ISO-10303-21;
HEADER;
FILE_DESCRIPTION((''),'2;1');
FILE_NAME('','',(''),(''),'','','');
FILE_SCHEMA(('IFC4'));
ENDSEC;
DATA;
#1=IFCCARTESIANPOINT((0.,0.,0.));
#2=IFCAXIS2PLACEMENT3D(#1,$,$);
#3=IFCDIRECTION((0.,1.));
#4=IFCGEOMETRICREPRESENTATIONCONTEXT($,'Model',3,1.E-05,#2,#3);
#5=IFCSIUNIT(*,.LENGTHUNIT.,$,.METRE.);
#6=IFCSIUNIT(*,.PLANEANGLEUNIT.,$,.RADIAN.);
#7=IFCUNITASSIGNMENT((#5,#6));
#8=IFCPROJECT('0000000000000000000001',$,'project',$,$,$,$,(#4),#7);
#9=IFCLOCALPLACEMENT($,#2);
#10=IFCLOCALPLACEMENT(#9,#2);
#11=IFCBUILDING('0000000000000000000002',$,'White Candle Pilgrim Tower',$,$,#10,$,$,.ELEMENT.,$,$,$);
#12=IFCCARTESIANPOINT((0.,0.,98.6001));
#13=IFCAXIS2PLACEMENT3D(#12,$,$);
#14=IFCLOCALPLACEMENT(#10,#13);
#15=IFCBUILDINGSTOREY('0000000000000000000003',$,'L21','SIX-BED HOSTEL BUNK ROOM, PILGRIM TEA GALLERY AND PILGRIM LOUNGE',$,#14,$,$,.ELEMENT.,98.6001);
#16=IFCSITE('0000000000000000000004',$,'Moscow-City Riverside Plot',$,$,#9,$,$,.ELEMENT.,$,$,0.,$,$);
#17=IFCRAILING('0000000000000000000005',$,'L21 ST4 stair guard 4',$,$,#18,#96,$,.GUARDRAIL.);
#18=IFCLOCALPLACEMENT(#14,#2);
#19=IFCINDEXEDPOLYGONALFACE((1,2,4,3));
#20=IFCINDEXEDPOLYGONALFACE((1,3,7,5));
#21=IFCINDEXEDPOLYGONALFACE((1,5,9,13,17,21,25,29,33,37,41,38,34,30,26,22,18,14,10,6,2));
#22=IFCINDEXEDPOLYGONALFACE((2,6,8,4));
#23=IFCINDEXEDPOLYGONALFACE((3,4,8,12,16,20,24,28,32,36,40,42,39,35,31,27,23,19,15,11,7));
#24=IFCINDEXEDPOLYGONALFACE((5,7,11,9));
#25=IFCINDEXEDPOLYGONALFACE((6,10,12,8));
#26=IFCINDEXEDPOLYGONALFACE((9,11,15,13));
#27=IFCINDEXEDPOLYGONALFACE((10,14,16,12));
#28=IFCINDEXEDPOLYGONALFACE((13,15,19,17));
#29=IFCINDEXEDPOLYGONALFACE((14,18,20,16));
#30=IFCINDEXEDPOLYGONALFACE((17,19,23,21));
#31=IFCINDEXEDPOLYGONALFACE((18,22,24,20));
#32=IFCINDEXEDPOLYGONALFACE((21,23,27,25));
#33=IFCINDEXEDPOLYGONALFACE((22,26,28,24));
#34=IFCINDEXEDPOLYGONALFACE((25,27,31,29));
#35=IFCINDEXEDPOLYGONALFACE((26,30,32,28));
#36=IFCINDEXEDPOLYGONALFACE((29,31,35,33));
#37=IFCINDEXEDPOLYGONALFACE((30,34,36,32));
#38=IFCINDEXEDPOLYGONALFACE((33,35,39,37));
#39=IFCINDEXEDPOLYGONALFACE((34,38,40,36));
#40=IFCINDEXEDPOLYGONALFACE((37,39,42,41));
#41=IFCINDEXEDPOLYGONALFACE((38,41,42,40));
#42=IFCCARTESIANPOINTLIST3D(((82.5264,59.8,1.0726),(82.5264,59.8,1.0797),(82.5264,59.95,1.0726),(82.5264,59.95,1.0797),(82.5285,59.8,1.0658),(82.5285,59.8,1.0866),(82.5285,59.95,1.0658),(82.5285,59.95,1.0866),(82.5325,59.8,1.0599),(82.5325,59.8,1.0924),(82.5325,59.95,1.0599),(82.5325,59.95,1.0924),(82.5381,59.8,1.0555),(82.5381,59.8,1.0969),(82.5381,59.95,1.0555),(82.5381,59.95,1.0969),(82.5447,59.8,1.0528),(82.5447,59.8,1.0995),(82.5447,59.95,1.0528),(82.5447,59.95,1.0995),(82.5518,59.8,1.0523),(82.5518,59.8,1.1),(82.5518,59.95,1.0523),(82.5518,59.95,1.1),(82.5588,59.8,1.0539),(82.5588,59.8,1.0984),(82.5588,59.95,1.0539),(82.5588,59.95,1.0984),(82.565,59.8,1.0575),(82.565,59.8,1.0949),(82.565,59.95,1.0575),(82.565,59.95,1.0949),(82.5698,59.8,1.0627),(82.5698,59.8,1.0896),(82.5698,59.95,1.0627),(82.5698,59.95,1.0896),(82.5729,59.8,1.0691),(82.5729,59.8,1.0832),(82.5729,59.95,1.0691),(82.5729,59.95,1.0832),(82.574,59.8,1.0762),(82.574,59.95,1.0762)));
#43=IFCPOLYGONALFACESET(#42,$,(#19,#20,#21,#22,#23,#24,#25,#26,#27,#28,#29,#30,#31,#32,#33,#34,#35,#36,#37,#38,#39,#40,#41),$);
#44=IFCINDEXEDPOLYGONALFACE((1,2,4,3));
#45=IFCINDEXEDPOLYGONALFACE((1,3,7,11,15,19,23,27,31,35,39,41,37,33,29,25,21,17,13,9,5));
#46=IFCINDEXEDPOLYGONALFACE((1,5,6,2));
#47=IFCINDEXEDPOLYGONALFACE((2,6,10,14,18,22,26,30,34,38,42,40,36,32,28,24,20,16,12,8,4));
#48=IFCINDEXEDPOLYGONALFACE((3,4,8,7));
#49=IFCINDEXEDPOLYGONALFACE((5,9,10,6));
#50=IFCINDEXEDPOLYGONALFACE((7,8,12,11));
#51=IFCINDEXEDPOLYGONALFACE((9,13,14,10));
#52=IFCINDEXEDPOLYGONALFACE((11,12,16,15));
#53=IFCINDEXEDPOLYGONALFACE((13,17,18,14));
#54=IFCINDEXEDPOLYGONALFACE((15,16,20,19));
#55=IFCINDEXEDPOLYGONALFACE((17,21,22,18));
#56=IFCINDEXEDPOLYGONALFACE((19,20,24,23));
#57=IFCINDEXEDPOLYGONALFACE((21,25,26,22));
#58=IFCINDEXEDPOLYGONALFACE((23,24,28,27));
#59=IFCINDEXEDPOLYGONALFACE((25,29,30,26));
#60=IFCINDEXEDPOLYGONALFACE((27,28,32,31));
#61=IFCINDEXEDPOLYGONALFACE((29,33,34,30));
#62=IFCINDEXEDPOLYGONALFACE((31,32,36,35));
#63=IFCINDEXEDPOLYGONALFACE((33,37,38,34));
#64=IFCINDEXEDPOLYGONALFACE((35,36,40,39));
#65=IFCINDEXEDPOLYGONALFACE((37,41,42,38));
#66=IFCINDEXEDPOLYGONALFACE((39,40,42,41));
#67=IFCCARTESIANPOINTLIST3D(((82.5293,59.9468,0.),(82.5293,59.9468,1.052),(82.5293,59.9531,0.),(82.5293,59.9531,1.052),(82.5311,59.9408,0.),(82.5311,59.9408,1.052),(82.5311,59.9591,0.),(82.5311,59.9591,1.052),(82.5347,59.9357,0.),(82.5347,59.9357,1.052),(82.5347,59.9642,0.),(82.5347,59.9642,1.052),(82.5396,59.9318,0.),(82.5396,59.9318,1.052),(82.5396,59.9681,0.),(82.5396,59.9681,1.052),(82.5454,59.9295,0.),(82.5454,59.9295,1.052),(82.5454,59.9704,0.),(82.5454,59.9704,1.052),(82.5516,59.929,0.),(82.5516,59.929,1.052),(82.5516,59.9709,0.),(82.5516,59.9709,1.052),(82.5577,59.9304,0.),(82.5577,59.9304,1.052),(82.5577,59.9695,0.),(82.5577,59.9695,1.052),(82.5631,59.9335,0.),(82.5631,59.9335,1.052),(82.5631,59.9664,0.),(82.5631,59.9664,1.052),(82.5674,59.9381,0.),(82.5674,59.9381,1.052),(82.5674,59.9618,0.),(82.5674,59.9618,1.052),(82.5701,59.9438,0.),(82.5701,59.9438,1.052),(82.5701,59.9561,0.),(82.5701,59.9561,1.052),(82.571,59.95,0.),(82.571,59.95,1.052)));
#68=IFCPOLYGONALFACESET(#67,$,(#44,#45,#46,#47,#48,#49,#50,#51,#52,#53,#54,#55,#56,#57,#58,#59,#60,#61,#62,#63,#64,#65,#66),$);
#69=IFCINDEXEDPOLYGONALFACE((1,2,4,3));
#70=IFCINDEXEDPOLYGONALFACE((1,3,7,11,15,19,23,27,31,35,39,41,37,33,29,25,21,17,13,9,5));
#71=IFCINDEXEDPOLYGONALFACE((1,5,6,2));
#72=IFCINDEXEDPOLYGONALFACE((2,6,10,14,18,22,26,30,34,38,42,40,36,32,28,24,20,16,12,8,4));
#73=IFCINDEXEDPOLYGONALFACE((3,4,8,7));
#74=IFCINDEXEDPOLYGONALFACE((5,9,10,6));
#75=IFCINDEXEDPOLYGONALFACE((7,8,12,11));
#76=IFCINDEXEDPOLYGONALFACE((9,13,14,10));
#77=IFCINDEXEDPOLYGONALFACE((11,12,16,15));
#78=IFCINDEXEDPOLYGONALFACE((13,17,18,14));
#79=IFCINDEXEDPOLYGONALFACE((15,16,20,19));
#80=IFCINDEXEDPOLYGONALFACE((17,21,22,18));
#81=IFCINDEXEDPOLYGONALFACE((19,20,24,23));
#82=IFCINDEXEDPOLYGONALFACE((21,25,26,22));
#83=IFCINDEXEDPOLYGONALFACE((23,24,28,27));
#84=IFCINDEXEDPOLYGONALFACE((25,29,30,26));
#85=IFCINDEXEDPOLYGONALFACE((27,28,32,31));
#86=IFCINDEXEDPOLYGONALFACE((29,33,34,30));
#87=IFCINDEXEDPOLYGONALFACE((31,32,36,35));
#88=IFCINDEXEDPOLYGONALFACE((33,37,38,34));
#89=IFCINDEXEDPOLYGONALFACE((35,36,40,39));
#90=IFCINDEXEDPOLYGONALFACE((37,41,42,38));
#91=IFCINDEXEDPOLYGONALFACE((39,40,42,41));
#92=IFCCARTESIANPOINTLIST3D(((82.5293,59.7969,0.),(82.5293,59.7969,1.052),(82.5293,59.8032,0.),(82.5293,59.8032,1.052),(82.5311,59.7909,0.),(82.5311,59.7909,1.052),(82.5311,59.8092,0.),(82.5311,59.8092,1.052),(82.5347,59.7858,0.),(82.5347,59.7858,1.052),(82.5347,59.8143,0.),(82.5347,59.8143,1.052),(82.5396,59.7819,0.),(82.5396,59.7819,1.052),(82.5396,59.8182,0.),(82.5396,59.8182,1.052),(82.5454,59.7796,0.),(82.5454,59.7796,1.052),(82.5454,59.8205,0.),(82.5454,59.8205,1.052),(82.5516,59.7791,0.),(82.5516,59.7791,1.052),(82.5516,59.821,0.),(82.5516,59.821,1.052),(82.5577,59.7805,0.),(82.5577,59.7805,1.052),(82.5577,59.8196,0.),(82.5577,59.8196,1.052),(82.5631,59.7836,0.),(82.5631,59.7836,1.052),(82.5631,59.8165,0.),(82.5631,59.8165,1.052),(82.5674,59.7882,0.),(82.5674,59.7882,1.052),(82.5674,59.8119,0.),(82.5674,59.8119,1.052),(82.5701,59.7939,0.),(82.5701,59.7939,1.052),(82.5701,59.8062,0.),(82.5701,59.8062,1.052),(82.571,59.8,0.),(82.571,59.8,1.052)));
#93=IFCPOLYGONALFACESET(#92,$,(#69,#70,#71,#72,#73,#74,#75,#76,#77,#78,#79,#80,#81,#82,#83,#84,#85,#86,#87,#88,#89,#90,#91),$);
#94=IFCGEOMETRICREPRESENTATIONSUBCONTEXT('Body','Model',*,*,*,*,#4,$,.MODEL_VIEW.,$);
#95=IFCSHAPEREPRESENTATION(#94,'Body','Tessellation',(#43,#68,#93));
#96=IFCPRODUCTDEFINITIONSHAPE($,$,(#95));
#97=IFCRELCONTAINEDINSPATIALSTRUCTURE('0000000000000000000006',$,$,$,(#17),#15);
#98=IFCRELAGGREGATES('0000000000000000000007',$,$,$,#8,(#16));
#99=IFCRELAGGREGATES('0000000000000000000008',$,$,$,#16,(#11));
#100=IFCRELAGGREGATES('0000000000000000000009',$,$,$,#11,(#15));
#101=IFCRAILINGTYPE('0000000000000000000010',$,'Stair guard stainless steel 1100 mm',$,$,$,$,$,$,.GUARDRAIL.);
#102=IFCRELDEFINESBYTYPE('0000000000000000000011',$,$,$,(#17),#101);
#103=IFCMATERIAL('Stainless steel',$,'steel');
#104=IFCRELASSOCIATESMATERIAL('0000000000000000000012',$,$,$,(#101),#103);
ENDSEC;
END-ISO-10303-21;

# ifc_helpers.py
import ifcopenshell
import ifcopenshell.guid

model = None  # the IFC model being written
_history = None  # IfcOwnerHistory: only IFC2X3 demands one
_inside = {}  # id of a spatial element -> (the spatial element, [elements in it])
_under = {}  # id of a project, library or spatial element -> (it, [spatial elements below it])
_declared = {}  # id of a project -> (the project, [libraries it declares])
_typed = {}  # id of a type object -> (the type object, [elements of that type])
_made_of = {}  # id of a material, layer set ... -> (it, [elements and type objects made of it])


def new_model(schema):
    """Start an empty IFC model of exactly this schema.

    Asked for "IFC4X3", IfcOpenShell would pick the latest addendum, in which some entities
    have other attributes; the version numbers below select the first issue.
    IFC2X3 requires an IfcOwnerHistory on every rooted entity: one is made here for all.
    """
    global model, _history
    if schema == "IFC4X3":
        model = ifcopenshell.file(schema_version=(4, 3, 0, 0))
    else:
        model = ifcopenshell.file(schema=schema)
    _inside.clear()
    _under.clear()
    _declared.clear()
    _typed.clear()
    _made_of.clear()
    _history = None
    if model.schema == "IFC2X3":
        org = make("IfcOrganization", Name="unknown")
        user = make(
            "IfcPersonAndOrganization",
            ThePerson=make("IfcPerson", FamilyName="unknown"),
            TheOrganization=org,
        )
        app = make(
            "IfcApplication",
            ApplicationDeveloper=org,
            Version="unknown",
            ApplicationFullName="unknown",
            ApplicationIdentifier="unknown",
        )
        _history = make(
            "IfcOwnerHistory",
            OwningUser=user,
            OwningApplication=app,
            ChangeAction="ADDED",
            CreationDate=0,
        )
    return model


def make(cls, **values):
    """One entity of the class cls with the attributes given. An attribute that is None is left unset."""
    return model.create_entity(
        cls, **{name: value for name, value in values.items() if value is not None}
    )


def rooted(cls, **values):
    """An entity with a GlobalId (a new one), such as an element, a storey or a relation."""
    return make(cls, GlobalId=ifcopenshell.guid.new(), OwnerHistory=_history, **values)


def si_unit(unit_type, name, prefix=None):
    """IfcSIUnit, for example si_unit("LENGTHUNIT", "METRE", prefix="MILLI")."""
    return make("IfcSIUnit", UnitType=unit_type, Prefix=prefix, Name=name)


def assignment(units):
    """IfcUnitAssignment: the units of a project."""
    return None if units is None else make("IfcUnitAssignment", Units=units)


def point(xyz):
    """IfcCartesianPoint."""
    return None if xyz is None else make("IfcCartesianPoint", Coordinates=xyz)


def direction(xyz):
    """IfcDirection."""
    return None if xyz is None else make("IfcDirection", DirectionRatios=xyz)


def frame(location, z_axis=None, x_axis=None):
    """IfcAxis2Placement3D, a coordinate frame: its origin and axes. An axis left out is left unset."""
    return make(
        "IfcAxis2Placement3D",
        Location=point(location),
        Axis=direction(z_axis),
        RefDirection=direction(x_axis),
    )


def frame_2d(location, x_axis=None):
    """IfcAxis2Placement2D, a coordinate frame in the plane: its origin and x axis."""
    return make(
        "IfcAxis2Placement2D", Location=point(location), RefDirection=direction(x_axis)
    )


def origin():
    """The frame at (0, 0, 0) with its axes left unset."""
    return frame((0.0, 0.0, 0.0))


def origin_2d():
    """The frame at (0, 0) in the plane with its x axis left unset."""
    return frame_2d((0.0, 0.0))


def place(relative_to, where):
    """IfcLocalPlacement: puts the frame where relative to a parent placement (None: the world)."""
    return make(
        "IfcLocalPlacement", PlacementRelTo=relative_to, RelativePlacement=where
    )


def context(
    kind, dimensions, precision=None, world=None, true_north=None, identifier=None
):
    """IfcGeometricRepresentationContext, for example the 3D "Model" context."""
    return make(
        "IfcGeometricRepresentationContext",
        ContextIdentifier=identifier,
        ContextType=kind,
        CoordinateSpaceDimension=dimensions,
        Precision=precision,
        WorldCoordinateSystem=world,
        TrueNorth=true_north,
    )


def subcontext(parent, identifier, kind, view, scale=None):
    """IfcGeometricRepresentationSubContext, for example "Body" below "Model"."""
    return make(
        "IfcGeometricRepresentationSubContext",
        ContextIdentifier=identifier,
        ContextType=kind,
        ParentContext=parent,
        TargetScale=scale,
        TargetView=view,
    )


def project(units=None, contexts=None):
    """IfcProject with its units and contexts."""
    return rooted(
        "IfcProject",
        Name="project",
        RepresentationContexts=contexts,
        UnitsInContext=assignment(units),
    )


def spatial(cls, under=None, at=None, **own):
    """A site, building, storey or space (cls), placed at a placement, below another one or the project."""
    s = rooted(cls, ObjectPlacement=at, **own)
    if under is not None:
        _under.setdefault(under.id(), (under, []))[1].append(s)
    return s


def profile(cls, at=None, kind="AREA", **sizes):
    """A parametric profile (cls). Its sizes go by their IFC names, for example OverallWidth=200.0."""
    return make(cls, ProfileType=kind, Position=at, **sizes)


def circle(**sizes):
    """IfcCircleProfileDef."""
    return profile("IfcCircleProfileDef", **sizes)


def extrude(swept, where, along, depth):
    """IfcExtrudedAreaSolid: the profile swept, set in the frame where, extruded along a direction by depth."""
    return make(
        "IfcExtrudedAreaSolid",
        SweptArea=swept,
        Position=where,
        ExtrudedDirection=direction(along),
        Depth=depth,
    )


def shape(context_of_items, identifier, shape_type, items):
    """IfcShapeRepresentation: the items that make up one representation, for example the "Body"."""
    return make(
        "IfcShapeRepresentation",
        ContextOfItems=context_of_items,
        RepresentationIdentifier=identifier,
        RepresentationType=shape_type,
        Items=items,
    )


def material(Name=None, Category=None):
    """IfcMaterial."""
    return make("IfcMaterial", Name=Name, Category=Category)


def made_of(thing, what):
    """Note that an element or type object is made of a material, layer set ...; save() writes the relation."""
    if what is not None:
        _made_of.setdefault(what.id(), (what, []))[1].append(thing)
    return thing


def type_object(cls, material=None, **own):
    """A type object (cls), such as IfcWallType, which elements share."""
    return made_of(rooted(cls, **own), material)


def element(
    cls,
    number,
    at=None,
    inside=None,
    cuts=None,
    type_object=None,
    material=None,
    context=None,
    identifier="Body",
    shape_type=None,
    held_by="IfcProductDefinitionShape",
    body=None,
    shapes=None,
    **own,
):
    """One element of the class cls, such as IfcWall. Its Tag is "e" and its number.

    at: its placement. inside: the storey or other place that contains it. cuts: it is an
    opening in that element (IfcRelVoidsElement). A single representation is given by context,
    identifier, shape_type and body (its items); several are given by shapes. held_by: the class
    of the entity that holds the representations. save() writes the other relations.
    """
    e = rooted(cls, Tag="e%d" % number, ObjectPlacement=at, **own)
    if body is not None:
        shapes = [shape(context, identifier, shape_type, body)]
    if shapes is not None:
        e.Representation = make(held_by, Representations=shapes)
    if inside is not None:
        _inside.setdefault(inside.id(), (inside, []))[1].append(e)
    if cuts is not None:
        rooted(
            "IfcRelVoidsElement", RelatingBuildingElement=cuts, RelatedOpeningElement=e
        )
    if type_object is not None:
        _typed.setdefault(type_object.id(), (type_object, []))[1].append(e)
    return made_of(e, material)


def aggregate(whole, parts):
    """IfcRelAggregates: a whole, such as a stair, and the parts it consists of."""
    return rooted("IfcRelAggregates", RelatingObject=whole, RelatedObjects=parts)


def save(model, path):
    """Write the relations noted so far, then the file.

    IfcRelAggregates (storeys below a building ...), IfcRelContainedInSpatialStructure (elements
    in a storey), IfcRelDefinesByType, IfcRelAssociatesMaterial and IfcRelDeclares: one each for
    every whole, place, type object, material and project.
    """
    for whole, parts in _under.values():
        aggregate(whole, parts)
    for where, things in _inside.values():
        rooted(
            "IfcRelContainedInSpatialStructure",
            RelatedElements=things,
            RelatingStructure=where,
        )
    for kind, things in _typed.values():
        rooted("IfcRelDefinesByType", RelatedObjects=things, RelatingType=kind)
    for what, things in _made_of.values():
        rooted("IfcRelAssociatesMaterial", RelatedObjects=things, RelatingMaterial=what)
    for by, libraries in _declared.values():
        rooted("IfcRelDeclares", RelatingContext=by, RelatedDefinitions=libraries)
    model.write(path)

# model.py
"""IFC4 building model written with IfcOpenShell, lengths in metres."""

from ifc_helpers import new_model, si_unit, direction, frame, origin, origin_2d, place, context, subcontext, project, spatial, circle, extrude, material, type_object, element, save


model = new_model("IFC4")

# Units and contexts
model_context = context("Model", 3, precision=1e-05, world=origin(), true_north=direction((0.0, 1.0)))
body_context = subcontext(model_context, "Body", "Model", "MODEL_VIEW")
ifc_project = project(units=[si_unit("LENGTHUNIT", "METRE"), si_unit("PLANEANGLEUNIT", "RADIAN")], contexts=[model_context])

# Site, building, storey
site_placement = place(None, origin())
site = spatial("IfcSite", under=ifc_project, at=site_placement, Name="Moscow-City Riverside Plot", CompositionType="ELEMENT", RefElevation=0.0)
building_placement = place(site_placement, origin())
building = spatial("IfcBuilding", under=site, at=building_placement, Name="White Candle Pilgrim Tower", CompositionType="ELEMENT")
storey_placement = place(building_placement, frame((0.0, 0.0, 98.6001)))
storey = spatial("IfcBuildingStorey", under=building, at=storey_placement, Name="L21", Description="SIX-BED HOSTEL BUNK ROOM, PILGRIM TEA GALLERY AND PILGRIM LOUNGE", CompositionType="ELEMENT", Elevation=98.6001)

# Railing
ifc_material_1 = material(Name="Stainless steel", Category="steel")
railing_type_1 = type_object("IfcRailingType", Name="Stair guard stainless steel 1100 mm", PredefinedType="GUARDRAIL", material=ifc_material_1)
railing_1_placement = place(storey_placement, frame((82.55, 59.95, 0.0)))
element("IfcRailing", 1, at=railing_1_placement, inside=storey, type_object=railing_type_1, Name="L21 ST4 stair guard 4", PredefinedType="GUARDRAIL", context=body_context, shape_type="SweptSolid", body=[
    extrude(circle(Radius=0.0239, at=origin_2d()), frame((0.0, 0.0, 1.0762), z_axis=(0.0, -1.0, 0.0), x_axis=(1.0, 0.0, 0.0)), (0.0, 0.0, 1.0), 0.1499),
    extrude(circle(Radius=0.021, at=origin_2d()), origin(), (0.0, 0.0, 1.0), 1.052),
    extrude(circle(Radius=0.021, at=origin_2d()), frame((0.0, -0.1499, 0.0)), (0.0, 0.0, 1.0), 1.052),
])

save(model, "model.ifc")
